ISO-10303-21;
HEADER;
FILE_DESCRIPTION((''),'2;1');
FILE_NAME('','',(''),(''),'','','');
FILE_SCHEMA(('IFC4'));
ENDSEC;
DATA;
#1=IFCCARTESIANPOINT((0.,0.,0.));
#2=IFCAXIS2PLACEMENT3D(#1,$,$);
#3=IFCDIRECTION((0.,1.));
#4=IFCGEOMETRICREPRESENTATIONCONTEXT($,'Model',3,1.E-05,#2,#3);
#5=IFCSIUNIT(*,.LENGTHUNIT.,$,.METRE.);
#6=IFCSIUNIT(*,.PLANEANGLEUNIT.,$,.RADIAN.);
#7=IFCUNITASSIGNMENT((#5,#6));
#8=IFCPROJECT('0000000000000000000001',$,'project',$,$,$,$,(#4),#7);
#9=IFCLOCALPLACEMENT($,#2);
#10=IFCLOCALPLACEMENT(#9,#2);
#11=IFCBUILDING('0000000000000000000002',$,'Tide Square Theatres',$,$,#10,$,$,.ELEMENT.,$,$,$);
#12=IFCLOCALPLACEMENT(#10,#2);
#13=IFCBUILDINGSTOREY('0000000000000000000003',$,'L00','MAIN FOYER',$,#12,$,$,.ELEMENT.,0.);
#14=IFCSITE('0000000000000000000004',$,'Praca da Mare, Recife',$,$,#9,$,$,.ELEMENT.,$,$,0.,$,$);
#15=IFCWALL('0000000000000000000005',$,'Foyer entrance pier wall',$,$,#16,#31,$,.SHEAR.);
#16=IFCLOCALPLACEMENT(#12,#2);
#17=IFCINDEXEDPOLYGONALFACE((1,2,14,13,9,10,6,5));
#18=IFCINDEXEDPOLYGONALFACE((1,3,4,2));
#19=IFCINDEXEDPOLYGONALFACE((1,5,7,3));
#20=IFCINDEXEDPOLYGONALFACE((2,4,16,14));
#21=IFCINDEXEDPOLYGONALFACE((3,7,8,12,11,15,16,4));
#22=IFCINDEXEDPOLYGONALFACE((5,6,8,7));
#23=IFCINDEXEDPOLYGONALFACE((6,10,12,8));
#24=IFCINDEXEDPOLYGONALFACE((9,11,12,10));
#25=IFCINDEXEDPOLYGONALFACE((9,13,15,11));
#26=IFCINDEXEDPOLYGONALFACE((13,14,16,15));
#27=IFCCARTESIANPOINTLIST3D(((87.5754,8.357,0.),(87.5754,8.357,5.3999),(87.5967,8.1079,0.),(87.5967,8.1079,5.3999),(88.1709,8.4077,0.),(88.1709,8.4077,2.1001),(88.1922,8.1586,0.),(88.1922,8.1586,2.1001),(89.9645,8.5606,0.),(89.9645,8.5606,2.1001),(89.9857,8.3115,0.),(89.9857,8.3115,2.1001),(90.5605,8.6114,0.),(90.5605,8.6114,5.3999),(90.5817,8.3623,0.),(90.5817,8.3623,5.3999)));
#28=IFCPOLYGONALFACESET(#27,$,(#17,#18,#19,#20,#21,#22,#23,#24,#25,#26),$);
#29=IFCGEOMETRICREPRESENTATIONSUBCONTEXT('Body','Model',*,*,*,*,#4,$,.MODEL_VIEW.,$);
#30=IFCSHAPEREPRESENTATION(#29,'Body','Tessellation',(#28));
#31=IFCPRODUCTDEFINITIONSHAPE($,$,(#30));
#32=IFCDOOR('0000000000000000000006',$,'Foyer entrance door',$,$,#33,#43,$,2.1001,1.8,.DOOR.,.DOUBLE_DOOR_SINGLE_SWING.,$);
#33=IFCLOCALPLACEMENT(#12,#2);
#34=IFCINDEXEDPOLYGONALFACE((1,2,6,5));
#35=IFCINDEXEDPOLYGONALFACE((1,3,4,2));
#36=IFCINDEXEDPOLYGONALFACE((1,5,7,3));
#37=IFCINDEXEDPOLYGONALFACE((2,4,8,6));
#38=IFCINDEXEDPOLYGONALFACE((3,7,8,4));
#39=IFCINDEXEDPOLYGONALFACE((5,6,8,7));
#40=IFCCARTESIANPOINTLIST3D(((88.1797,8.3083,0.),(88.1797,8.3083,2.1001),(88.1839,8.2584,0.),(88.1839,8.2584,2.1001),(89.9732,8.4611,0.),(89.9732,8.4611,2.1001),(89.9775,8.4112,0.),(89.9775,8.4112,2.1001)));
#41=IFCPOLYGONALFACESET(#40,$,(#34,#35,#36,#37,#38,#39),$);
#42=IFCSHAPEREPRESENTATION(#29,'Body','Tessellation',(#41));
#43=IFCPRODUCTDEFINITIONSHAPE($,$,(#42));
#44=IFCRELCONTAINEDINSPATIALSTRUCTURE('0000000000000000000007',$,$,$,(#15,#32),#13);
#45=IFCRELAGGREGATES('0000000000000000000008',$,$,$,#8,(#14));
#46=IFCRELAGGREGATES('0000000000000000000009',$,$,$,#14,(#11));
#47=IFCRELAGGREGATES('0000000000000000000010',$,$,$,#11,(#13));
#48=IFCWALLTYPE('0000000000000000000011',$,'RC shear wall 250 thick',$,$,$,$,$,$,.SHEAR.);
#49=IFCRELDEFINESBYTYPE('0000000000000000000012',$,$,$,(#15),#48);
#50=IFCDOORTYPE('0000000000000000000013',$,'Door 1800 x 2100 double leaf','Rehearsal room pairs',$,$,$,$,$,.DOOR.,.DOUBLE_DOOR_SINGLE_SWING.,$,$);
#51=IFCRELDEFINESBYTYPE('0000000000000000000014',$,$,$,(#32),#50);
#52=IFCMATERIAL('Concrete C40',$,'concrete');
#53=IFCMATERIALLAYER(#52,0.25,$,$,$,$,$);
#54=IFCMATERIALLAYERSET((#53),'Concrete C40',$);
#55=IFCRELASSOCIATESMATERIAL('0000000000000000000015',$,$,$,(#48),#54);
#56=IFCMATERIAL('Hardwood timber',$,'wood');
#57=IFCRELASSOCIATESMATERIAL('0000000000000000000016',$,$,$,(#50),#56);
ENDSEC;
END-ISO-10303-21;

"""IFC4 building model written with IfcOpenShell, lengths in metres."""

from ifc_helpers import new_model, si_unit, direction, frame, frame_2d, origin, place, context, subcontext, project, spatial, rectangle, extrude, material, layer, layer_set, type_object, element, fill, save


model = new_model("IFC4")

# Units and contexts
model_context = context("Model", 3, precision=1e-05, world=origin(), true_north=direction((0.0, 1.0)))
body_context = subcontext(model_context, "Body", "Model", "MODEL_VIEW")
ifc_project = project(units=[si_unit("LENGTHUNIT", "METRE"), si_unit("PLANEANGLEUNIT", "RADIAN")], contexts=[model_context])

# Site, building, storey
site_placement = place(None, origin())
site = spatial("IfcSite", under=ifc_project, at=site_placement, Name="Praca da Mare, Recife", CompositionType="ELEMENT", RefElevation=0.0)
building_placement = place(site_placement, origin())
building = spatial("IfcBuilding", under=site, at=building_placement, Name="Tide Square Theatres", CompositionType="ELEMENT")
storey_placement = place(building_placement, origin())
storey = spatial("IfcBuildingStorey", under=building, at=storey_placement, Name="L00", Description="MAIN FOYER", CompositionType="ELEMENT", Elevation=0.0)

# Wall, opening, door
ifc_material_1 = material(Name="Concrete C40", Category="concrete")
ifc_layer_1 = layer(ifc_material_1, 0.25)
ifc_layer_set_1 = layer_set([ifc_layer_1], Name="Concrete C40")
wall_type = type_object("IfcWallType", Name="RC shear wall 250 thick", PredefinedType="SHEAR", material=ifc_layer_set_1)
wall_placement = place(storey_placement, frame((87.5859, 8.2324, 0.0), z_axis=(0.0, 0.0, 1.0), x_axis=(0.996388, 0.084913, 0.0)))
wall = element("IfcWall", 1, at=wall_placement, inside=storey, type_object=wall_type, Name="Foyer entrance pier wall", PredefinedType="SHEAR", context=body_context, shape_type="SweptSolid", body=[
    extrude(rectangle(XDim=2.9958, YDim=0.25, at=frame_2d((1.498, 0.0))), origin(), (0.0, 0.0, 1.0), 5.3999),
])
opening_placement = place(wall_placement, frame((0.5979, 0.0, 0.0)))
opening = element("IfcOpeningElement", 2, at=opening_placement, cuts=wall, PredefinedType="OPENING", context=body_context, shape_type="SweptSolid", body=[
    extrude(rectangle(XDim=1.8, YDim=2.1001, at=frame_2d((0.8999, 1.05))), frame((0.0, 0.135, 0.0), z_axis=(0.0, -1.0, 0.0), x_axis=(1.0, 0.0, 0.0)), (0.0, 0.0, 1.0), 0.27),
])
ifc_material_2 = material(Name="Hardwood timber", Category="wood")
door_type = type_object("IfcDoorType", Name="Door 1800 x 2100 double leaf", Description="Rehearsal room pairs", OperationType="DOUBLE_DOOR_SINGLE_SWING", PredefinedType="DOOR", material=ifc_material_2)
door_placement = place(opening_placement, frame((1.8, 0.0, 0.0), z_axis=(0.0, 0.0, 1.0), x_axis=(-1.0, 0.0, 0.0)))
door = element("IfcDoor", 3, at=door_placement, inside=storey, type_object=door_type, Name="Foyer entrance door", OperationType="DOUBLE_DOOR_SINGLE_SWING", OverallHeight=2.1001, OverallWidth=1.8, PredefinedType="DOOR", context=body_context, shape_type="SweptSolid", body=[
    extrude(rectangle(XDim=1.8, YDim=2.1001, at=frame_2d((0.8999, 1.05))), frame((0.0, 0.0249, 0.0), z_axis=(0.0, -1.0, 0.0), x_axis=(1.0, 0.0, 0.0)), (0.0, 0.0, 1.0), 0.05),
])
fill(opening, door)

save(model, "model.ifc")
